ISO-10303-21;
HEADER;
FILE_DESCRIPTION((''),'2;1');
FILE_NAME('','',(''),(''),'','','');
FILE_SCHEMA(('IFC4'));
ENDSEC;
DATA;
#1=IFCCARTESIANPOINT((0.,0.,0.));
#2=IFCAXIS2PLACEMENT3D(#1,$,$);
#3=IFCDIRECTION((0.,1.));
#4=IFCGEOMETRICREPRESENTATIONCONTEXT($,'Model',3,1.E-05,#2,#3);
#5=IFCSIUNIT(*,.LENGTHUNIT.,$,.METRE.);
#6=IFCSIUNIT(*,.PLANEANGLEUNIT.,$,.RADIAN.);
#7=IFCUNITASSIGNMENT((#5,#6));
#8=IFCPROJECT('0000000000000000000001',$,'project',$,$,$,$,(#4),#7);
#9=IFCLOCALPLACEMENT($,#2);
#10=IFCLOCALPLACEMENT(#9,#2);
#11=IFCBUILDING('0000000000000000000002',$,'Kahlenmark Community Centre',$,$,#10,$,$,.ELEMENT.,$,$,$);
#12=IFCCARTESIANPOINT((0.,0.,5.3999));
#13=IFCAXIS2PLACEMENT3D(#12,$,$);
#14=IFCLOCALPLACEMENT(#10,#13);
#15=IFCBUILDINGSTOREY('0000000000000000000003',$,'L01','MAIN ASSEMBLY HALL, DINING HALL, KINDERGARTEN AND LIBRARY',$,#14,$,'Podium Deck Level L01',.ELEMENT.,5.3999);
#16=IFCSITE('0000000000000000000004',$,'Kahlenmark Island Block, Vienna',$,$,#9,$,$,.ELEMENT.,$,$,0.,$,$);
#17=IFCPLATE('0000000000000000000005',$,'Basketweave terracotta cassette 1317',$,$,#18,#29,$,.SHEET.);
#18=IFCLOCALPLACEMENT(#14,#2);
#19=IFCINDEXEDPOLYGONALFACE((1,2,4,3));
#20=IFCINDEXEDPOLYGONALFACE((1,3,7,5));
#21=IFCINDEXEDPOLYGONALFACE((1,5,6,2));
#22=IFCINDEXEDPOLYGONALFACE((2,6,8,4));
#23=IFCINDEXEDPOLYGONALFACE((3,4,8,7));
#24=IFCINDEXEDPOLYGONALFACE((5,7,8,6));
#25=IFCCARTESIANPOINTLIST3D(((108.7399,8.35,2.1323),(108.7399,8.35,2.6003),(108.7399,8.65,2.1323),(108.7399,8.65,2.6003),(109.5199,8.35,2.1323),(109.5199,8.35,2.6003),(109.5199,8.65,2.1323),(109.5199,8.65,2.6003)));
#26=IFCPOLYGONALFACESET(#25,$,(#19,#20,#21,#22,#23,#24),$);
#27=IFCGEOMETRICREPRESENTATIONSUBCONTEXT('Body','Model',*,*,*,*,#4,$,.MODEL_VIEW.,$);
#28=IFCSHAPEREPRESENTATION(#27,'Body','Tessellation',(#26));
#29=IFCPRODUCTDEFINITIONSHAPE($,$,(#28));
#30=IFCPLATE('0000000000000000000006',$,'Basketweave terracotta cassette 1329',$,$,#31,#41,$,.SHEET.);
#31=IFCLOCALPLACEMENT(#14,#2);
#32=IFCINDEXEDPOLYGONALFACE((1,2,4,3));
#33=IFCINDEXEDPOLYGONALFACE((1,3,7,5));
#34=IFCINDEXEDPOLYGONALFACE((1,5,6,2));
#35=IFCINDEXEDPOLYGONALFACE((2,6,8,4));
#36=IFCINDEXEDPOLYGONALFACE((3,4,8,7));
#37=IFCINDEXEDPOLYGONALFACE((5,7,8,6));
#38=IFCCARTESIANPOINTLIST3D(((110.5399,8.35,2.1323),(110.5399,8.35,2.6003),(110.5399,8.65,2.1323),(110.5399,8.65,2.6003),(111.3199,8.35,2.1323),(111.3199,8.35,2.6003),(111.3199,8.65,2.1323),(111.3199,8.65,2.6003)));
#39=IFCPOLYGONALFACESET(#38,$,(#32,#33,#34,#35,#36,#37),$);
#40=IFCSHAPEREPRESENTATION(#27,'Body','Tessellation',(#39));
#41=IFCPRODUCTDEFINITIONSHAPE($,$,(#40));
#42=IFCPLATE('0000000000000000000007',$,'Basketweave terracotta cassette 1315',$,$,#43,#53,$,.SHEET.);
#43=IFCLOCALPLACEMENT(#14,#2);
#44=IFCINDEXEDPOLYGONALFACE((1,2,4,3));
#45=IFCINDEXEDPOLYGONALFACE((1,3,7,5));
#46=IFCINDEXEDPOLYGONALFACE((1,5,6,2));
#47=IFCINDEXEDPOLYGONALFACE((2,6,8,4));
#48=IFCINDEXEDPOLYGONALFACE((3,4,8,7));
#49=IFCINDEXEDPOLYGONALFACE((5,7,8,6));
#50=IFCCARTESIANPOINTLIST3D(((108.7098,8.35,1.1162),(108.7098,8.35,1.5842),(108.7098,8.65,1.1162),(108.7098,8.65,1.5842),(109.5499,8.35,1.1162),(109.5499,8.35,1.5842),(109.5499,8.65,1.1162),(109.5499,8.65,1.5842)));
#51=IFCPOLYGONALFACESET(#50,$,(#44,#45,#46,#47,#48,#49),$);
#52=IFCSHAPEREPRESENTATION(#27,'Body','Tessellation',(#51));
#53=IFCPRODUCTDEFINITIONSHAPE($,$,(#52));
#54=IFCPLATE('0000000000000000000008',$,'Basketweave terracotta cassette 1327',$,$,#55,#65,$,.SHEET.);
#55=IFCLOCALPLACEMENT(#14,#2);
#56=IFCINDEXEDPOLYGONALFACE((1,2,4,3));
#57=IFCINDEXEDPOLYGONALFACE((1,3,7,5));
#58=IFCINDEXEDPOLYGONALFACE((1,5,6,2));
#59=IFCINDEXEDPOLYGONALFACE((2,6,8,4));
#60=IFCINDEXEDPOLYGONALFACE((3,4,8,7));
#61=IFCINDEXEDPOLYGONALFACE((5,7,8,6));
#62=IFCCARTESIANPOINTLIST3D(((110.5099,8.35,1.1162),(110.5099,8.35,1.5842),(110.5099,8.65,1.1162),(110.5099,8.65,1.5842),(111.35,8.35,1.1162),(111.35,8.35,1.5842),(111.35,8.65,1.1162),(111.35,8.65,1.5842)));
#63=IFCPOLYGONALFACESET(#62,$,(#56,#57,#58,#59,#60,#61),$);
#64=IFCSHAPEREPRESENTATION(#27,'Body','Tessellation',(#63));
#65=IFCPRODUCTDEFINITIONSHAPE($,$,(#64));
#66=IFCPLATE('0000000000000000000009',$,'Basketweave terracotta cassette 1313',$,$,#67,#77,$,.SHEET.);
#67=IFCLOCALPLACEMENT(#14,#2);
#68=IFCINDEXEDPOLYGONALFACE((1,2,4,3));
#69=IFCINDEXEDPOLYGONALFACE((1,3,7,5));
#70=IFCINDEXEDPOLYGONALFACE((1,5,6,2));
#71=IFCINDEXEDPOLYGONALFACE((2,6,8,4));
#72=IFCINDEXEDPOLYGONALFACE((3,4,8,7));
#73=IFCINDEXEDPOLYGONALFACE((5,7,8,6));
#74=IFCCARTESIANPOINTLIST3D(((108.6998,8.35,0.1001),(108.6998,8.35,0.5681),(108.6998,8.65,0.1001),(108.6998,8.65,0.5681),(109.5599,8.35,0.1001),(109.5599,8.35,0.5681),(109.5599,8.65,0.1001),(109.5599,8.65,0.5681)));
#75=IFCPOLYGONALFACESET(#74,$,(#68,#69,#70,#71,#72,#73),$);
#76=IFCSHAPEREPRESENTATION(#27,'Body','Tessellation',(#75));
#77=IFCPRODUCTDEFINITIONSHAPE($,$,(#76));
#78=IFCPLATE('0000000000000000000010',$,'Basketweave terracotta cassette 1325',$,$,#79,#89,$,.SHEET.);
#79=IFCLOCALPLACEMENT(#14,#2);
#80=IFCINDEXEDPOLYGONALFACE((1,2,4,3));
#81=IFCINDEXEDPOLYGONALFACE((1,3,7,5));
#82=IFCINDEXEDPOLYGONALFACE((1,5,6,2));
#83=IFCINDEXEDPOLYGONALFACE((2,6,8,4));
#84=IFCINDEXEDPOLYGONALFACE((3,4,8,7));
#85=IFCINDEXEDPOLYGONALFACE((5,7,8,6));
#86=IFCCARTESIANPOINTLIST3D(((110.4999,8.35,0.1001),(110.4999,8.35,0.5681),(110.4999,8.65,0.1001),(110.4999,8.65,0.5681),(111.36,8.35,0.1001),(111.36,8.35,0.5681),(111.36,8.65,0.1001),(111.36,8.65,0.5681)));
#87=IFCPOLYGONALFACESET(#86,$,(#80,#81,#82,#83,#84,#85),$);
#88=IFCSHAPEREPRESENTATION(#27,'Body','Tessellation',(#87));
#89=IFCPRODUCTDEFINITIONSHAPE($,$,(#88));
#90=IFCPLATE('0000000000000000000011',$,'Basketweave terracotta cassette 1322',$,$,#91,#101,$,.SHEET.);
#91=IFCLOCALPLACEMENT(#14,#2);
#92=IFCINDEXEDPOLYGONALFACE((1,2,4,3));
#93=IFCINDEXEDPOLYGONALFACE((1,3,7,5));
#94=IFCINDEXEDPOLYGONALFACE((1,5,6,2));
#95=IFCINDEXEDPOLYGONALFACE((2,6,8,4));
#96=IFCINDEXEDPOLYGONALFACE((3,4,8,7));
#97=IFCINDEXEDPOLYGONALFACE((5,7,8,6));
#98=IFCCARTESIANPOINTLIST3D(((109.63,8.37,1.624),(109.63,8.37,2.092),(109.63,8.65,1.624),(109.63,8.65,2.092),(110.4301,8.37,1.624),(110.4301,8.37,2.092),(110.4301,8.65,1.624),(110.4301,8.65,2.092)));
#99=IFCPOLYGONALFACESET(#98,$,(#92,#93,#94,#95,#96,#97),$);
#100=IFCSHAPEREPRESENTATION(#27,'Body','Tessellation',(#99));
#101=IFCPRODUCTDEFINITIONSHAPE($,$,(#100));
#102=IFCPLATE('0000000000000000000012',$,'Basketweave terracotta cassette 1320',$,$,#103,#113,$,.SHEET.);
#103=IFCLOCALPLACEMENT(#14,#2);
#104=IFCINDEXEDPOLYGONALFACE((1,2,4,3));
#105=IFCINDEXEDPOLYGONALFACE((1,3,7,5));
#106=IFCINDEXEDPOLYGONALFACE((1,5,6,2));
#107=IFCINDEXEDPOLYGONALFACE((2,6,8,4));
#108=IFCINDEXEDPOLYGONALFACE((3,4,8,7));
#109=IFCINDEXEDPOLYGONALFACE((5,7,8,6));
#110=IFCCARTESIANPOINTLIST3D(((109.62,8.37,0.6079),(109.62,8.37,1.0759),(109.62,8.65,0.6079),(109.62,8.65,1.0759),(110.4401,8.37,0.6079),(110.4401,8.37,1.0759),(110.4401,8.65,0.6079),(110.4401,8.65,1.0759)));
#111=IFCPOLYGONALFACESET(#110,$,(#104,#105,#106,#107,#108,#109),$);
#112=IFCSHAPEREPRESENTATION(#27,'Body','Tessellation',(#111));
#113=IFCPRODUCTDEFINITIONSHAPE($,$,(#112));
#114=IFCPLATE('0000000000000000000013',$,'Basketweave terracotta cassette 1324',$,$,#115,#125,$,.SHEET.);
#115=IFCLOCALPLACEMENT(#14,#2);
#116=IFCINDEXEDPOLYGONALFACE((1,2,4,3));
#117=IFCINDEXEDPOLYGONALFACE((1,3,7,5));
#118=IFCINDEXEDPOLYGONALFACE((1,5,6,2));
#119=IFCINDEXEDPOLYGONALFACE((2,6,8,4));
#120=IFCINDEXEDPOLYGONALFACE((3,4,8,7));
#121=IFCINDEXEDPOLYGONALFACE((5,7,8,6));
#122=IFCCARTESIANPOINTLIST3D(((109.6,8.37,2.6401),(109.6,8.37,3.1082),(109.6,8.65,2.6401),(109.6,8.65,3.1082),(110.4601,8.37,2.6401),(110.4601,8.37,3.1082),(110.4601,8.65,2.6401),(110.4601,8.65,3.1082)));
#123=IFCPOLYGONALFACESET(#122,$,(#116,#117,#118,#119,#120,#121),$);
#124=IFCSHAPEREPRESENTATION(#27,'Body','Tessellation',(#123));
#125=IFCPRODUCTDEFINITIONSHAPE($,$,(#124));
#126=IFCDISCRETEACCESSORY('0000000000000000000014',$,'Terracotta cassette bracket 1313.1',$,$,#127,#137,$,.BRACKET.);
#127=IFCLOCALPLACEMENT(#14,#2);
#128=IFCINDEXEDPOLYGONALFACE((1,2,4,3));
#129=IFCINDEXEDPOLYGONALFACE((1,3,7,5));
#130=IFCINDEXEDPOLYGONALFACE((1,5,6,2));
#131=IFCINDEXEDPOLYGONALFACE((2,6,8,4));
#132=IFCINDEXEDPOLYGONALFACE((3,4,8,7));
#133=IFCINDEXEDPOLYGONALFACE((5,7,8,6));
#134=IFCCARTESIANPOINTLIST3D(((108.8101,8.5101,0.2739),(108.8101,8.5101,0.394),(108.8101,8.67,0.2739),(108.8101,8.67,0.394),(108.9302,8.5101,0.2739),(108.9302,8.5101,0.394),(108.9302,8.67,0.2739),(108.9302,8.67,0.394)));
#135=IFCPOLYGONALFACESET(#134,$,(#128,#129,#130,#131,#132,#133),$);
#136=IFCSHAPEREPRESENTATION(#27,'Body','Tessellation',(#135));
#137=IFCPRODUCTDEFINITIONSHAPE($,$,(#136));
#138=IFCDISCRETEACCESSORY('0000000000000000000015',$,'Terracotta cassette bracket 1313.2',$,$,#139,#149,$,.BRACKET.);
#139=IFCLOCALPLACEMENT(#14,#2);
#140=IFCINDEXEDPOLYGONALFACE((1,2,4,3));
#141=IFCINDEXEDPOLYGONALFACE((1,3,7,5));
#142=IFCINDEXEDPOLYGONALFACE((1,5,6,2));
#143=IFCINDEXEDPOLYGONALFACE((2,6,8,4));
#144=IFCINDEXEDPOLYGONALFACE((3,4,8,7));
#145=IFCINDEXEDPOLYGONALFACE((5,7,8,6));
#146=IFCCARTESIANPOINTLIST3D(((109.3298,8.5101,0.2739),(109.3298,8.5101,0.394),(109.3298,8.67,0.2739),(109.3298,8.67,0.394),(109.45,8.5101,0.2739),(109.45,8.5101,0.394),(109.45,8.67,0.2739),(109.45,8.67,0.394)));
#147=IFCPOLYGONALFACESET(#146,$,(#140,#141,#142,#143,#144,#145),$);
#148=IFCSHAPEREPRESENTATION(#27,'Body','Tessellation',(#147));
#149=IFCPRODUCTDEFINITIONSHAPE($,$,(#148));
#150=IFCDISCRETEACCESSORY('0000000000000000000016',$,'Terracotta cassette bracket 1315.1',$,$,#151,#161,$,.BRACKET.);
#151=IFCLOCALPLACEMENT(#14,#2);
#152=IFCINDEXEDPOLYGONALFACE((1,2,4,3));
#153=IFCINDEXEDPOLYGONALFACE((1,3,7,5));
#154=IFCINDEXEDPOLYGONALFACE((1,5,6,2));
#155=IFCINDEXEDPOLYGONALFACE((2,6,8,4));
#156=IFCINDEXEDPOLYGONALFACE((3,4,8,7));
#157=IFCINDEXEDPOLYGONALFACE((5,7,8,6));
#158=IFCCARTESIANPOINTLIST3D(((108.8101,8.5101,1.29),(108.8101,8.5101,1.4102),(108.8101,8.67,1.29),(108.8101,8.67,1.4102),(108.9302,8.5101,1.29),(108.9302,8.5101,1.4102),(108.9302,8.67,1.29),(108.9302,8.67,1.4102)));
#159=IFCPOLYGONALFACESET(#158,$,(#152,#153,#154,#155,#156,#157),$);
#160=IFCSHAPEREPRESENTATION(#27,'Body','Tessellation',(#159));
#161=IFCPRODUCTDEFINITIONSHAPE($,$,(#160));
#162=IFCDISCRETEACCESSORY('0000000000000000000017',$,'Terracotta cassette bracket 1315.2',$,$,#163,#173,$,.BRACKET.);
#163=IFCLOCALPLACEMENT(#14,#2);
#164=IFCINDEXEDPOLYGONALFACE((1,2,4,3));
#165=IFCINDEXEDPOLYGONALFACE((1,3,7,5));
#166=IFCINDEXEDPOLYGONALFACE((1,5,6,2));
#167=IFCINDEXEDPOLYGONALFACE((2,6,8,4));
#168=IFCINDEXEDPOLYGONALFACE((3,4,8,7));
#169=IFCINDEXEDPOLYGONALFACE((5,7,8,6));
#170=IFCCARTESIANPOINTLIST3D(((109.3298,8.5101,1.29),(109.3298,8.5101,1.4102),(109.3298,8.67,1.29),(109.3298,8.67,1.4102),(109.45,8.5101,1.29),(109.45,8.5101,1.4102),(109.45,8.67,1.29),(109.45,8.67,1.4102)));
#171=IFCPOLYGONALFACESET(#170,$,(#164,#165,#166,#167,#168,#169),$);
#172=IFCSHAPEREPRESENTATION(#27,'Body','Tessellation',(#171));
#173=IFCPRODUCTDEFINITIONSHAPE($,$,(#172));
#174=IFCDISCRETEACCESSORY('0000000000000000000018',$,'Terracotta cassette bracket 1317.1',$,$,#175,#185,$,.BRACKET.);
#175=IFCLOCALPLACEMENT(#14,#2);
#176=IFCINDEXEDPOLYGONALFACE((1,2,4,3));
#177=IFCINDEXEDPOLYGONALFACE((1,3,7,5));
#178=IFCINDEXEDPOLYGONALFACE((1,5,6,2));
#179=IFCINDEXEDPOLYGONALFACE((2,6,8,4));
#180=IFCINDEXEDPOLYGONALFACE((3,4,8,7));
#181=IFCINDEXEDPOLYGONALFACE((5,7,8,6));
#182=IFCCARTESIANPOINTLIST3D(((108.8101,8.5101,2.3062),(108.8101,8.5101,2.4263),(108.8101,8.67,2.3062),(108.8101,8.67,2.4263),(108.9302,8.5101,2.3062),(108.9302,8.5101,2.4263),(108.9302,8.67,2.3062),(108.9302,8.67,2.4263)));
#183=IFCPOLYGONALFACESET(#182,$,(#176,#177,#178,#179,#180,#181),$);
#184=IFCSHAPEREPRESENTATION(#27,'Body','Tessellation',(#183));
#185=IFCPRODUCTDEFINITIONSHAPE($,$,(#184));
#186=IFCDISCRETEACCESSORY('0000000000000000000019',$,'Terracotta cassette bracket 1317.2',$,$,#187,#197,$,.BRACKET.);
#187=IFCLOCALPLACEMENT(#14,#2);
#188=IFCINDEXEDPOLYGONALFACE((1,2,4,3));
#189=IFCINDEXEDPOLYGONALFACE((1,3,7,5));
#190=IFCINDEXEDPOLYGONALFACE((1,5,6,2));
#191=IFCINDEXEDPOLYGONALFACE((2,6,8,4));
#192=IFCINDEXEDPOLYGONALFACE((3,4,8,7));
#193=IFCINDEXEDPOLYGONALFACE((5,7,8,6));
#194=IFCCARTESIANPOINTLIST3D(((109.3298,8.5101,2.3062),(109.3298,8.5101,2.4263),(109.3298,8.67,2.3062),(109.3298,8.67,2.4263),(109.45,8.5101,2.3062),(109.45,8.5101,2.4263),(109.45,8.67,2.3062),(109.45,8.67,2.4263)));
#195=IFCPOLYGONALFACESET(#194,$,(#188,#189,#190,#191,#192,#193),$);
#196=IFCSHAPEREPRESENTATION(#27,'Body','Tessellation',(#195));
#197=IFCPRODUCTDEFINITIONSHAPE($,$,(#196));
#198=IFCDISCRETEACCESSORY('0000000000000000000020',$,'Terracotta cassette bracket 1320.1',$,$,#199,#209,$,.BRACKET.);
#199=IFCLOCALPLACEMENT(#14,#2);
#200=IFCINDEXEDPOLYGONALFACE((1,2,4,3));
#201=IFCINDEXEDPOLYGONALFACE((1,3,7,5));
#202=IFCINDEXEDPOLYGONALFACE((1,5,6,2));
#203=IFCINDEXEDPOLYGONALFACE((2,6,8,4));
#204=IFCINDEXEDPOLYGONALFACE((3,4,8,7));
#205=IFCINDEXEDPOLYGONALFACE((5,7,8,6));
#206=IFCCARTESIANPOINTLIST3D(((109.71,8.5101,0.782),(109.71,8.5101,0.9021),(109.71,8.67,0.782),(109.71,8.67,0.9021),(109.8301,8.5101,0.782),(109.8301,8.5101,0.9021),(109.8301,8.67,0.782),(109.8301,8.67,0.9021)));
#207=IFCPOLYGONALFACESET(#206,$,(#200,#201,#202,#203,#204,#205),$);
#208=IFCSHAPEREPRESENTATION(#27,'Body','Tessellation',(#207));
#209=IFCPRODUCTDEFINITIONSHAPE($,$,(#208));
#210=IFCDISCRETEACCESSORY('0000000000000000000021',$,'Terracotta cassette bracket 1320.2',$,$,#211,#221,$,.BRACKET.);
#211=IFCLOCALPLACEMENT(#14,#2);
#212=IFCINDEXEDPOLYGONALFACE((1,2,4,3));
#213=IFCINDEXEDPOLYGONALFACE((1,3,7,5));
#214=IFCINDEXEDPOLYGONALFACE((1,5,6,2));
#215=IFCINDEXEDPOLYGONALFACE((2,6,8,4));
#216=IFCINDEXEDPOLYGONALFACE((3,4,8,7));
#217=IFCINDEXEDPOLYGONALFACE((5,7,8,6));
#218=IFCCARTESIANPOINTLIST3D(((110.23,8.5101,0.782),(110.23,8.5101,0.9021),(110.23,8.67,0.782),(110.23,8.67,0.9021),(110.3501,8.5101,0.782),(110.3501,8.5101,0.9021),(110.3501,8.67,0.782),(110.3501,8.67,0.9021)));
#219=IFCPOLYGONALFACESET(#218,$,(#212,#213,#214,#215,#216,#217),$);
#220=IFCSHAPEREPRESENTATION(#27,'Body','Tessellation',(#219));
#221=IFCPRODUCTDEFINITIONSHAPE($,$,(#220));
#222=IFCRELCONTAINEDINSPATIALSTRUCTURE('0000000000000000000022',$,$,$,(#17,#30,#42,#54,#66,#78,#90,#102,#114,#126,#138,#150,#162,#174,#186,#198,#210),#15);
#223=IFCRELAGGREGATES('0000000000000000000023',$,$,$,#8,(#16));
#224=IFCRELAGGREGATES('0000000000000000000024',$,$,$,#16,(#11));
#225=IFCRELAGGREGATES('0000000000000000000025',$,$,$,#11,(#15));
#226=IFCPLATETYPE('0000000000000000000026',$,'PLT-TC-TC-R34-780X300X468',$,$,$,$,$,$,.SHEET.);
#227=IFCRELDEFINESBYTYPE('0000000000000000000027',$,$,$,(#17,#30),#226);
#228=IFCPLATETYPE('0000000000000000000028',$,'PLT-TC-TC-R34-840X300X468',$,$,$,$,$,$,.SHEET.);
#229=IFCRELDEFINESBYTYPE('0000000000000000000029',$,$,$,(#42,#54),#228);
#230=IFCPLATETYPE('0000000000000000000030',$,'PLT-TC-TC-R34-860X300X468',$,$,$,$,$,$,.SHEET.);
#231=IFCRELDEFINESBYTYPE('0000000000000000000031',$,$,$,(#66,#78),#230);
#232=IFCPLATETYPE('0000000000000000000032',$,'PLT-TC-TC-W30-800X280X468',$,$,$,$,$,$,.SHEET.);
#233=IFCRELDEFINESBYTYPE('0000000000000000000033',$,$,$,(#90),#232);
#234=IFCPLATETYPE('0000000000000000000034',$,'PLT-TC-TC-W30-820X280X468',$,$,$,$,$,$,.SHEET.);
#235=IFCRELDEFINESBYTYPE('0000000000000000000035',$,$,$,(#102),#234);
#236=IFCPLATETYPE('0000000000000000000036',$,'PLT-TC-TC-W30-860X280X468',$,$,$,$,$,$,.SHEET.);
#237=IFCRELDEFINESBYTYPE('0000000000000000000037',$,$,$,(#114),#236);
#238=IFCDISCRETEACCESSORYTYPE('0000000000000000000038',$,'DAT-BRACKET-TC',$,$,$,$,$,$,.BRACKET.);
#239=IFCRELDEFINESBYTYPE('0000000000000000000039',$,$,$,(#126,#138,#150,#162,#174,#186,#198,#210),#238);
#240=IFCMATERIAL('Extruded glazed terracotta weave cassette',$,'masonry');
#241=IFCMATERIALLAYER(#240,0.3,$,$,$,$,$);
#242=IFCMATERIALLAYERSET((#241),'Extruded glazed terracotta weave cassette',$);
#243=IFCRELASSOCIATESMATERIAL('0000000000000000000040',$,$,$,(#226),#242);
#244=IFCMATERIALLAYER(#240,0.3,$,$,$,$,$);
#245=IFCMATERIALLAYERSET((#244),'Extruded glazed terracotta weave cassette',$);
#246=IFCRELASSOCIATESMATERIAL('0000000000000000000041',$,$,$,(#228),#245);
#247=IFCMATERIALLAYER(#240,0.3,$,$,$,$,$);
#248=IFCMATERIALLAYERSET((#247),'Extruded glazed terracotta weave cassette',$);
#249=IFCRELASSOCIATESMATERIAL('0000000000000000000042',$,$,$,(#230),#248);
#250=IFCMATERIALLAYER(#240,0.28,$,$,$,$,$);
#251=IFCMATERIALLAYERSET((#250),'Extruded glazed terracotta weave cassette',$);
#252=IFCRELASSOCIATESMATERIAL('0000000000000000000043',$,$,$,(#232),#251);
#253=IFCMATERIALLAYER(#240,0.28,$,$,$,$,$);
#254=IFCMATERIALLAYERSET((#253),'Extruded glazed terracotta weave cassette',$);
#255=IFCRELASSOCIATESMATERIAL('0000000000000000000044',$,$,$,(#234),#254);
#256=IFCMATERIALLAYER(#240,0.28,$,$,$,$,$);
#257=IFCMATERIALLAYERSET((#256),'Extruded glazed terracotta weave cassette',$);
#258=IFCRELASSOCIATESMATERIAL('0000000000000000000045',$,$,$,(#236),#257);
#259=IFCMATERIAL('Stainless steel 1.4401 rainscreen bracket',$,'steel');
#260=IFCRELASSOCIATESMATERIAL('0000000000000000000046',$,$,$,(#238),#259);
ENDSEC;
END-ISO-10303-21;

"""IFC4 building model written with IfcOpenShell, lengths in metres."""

from ifc_helpers import new_model, si_unit, direction, frame, origin, origin_2d, place, context, subcontext, project, spatial, rectangle, extrude, material, layer, layer_set, type_object, element, save


model = new_model("IFC4")

# Units and contexts
model_context = context("Model", 3, precision=1e-05, world=origin(), true_north=direction((0.0, 1.0)))
body_context = subcontext(model_context, "Body", "Model", "MODEL_VIEW")
ifc_project = project(units=[si_unit("LENGTHUNIT", "METRE"), si_unit("PLANEANGLEUNIT", "RADIAN")], contexts=[model_context])

# Site, building, storey
site_placement = place(None, origin())
site = spatial("IfcSite", under=ifc_project, at=site_placement, Name="Kahlenmark Island Block, Vienna", CompositionType="ELEMENT", RefElevation=0.0)
building_placement = place(site_placement, origin())
building = spatial("IfcBuilding", under=site, at=building_placement, Name="Kahlenmark Community Centre", CompositionType="ELEMENT")
storey_placement = place(building_placement, frame((0.0, 0.0, 5.3999)))
storey = spatial("IfcBuildingStorey", under=building, at=storey_placement, Name="L01", Description="MAIN ASSEMBLY HALL, DINING HALL, KINDERGARTEN AND LIBRARY", LongName="Podium Deck Level L01", CompositionType="ELEMENT", Elevation=5.3999)

# Plates
ifc_material_1 = material(Name="Extruded glazed terracotta weave cassette", Category="masonry")
ifc_layer_1 = layer(ifc_material_1, 0.3)
ifc_layer_set_1 = layer_set([ifc_layer_1], Name="Extruded glazed terracotta weave cassette")
plate_type_1 = type_object("IfcPlateType", Name="PLT-TC-TC-R34-780X300X468", PredefinedType="SHEET", material=ifc_layer_set_1)
for number, where, z_axis, x_axis, name in (
    (1, (109.1299, 8.5, 2.1323), (0.0, 0.0, 1.0), (1.0, 0.0, 0.0), "Basketweave terracotta cassette 1317"),
    (2, (110.9299, 8.5, 2.1323), (0.0, 0.0, 1.0), (1.0, 0.0, 0.0), "Basketweave terracotta cassette 1329"),
):
    element("IfcPlate", number, at=place(storey_placement, frame(where, z_axis=z_axis, x_axis=x_axis)), inside=storey, type_object=plate_type_1, Name=name, PredefinedType="SHEET", context=body_context, shape_type="SweptSolid", body=[
        extrude(rectangle(XDim=0.78, YDim=0.3, at=origin_2d()), origin(), (0.0, 0.0, 1.0), 0.468),
    ])
ifc_layer_2 = layer(ifc_material_1, 0.3)
ifc_layer_set_2 = layer_set([ifc_layer_2], Name="Extruded glazed terracotta weave cassette")
plate_type_2 = type_object("IfcPlateType", Name="PLT-TC-TC-R34-840X300X468", PredefinedType="SHEET", material=ifc_layer_set_2)
for number, where, z_axis, x_axis, name in (
    (3, (109.1299, 8.5, 1.1162), (0.0, 0.0, 1.0), (1.0, 0.0, 0.0), "Basketweave terracotta cassette 1315"),
    (4, (110.9299, 8.5, 1.1162), (0.0, 0.0, 1.0), (1.0, 0.0, 0.0), "Basketweave terracotta cassette 1327"),
):
    element("IfcPlate", number, at=place(storey_placement, frame(where, z_axis=z_axis, x_axis=x_axis)), inside=storey, type_object=plate_type_2, Name=name, PredefinedType="SHEET", context=body_context, shape_type="SweptSolid", body=[
        extrude(rectangle(XDim=0.8401, YDim=0.3, at=origin_2d()), origin(), (0.0, 0.0, 1.0), 0.468),
    ])
ifc_layer_3 = layer(ifc_material_1, 0.3)
ifc_layer_set_3 = layer_set([ifc_layer_3], Name="Extruded glazed terracotta weave cassette")
plate_type_3 = type_object("IfcPlateType", Name="PLT-TC-TC-R34-860X300X468", PredefinedType="SHEET", material=ifc_layer_set_3)
for number, where, z_axis, x_axis, name in (
    (5, (109.1299, 8.5, 0.1001), (0.0, 0.0, 1.0), (1.0, 0.0, 0.0), "Basketweave terracotta cassette 1313"),
    (6, (110.9299, 8.5, 0.1001), (0.0, 0.0, 1.0), (1.0, 0.0, 0.0), "Basketweave terracotta cassette 1325"),
):
    element("IfcPlate", number, at=place(storey_placement, frame(where, z_axis=z_axis, x_axis=x_axis)), inside=storey, type_object=plate_type_3, Name=name, PredefinedType="SHEET", context=body_context, shape_type="SweptSolid", body=[
        extrude(rectangle(XDim=0.8601, YDim=0.3, at=origin_2d()), origin(), (0.0, 0.0, 1.0), 0.468),
    ])
ifc_layer_4 = layer(ifc_material_1, 0.28)
ifc_layer_set_4 = layer_set([ifc_layer_4], Name="Extruded glazed terracotta weave cassette")
plate_type_4 = type_object("IfcPlateType", Name="PLT-TC-TC-W30-800X280X468", PredefinedType="SHEET", material=ifc_layer_set_4)
plate_1_placement = place(storey_placement, frame((110.03, 8.51, 1.624), z_axis=(0.0, 0.0, 1.0), x_axis=(1.0, 0.0, 0.0)))
element("IfcPlate", 7, at=plate_1_placement, inside=storey, type_object=plate_type_4, Name="Basketweave terracotta cassette 1322", PredefinedType="SHEET", context=body_context, shape_type="SweptSolid", body=[
    extrude(rectangle(XDim=0.8, YDim=0.28, at=origin_2d()), origin(), (0.0, 0.0, 1.0), 0.468),
])
ifc_layer_5 = layer(ifc_material_1, 0.28)
ifc_layer_set_5 = layer_set([ifc_layer_5], Name="Extruded glazed terracotta weave cassette")
plate_type_5 = type_object("IfcPlateType", Name="PLT-TC-TC-W30-820X280X468", PredefinedType="SHEET", material=ifc_layer_set_5)
plate_2_placement = place(storey_placement, frame((110.03, 8.51, 0.6079), z_axis=(0.0, 0.0, 1.0), x_axis=(1.0, 0.0, 0.0)))
element("IfcPlate", 8, at=plate_2_placement, inside=storey, type_object=plate_type_5, Name="Basketweave terracotta cassette 1320", PredefinedType="SHEET", context=body_context, shape_type="SweptSolid", body=[
    extrude(rectangle(XDim=0.8201, YDim=0.28, at=origin_2d()), origin(), (0.0, 0.0, 1.0), 0.468),
])
ifc_layer_6 = layer(ifc_material_1, 0.28)
ifc_layer_set_6 = layer_set([ifc_layer_6], Name="Extruded glazed terracotta weave cassette")
plate_type_6 = type_object("IfcPlateType", Name="PLT-TC-TC-W30-860X280X468", PredefinedType="SHEET", material=ifc_layer_set_6)
plate_3_placement = place(storey_placement, frame((110.03, 8.51, 2.6401), z_axis=(0.0, 0.0, 1.0), x_axis=(1.0, 0.0, 0.0)))
element("IfcPlate", 9, at=plate_3_placement, inside=storey, type_object=plate_type_6, Name="Basketweave terracotta cassette 1324", PredefinedType="SHEET", context=body_context, shape_type="SweptSolid", body=[
    extrude(rectangle(XDim=0.8601, YDim=0.28, at=origin_2d()), origin(), (0.0, 0.0, 1.0), 0.468),
])

# Discrete accessories
ifc_material_2 = material(Name="Stainless steel 1.4401 rainscreen bracket", Category="steel")
discrete_accessory_type = type_object("IfcDiscreteAccessoryType", Name="DAT-BRACKET-TC", PredefinedType="BRACKET", material=ifc_material_2)
for number, where, z_axis, x_axis, name in (
    (10, (108.8701, 8.5901, 0.2739), (0.0, 0.0, 1.0), (1.0, 0.0, 0.0), "Terracotta cassette bracket 1313.1"),
    (11, (109.3899, 8.5901, 0.2739), (0.0, 0.0, 1.0), (1.0, 0.0, 0.0), "Terracotta cassette bracket 1313.2"),
    (12, (108.8701, 8.5901, 1.29), (0.0, 0.0, 1.0), (1.0, 0.0, 0.0), "Terracotta cassette bracket 1315.1"),
    (13, (109.3899, 8.5901, 1.29), (0.0, 0.0, 1.0), (1.0, 0.0, 0.0), "Terracotta cassette bracket 1315.2"),
    (14, (108.8701, 8.5901, 2.3062), (0.0, 0.0, 1.0), (1.0, 0.0, 0.0), "Terracotta cassette bracket 1317.1"),
    (15, (109.3899, 8.5901, 2.3062), (0.0, 0.0, 1.0), (1.0, 0.0, 0.0), "Terracotta cassette bracket 1317.2"),
    (16, (109.77, 8.5901, 0.782), (0.0, 0.0, 1.0), (1.0, 0.0, 0.0), "Terracotta cassette bracket 1320.1"),
    (17, (110.29, 8.5901, 0.782), (0.0, 0.0, 1.0), (1.0, 0.0, 0.0), "Terracotta cassette bracket 1320.2"),
):
    element("IfcDiscreteAccessory", number, at=place(storey_placement, frame(where, z_axis=z_axis, x_axis=x_axis)), inside=storey, type_object=discrete_accessory_type, Name=name, PredefinedType="BRACKET", context=body_context, shape_type="SweptSolid", body=[
        extrude(rectangle(XDim=0.1201, YDim=0.1599, at=origin_2d()), origin(), (0.0, 0.0, 1.0), 0.1201),
    ])

save(model, "model.ifc")
